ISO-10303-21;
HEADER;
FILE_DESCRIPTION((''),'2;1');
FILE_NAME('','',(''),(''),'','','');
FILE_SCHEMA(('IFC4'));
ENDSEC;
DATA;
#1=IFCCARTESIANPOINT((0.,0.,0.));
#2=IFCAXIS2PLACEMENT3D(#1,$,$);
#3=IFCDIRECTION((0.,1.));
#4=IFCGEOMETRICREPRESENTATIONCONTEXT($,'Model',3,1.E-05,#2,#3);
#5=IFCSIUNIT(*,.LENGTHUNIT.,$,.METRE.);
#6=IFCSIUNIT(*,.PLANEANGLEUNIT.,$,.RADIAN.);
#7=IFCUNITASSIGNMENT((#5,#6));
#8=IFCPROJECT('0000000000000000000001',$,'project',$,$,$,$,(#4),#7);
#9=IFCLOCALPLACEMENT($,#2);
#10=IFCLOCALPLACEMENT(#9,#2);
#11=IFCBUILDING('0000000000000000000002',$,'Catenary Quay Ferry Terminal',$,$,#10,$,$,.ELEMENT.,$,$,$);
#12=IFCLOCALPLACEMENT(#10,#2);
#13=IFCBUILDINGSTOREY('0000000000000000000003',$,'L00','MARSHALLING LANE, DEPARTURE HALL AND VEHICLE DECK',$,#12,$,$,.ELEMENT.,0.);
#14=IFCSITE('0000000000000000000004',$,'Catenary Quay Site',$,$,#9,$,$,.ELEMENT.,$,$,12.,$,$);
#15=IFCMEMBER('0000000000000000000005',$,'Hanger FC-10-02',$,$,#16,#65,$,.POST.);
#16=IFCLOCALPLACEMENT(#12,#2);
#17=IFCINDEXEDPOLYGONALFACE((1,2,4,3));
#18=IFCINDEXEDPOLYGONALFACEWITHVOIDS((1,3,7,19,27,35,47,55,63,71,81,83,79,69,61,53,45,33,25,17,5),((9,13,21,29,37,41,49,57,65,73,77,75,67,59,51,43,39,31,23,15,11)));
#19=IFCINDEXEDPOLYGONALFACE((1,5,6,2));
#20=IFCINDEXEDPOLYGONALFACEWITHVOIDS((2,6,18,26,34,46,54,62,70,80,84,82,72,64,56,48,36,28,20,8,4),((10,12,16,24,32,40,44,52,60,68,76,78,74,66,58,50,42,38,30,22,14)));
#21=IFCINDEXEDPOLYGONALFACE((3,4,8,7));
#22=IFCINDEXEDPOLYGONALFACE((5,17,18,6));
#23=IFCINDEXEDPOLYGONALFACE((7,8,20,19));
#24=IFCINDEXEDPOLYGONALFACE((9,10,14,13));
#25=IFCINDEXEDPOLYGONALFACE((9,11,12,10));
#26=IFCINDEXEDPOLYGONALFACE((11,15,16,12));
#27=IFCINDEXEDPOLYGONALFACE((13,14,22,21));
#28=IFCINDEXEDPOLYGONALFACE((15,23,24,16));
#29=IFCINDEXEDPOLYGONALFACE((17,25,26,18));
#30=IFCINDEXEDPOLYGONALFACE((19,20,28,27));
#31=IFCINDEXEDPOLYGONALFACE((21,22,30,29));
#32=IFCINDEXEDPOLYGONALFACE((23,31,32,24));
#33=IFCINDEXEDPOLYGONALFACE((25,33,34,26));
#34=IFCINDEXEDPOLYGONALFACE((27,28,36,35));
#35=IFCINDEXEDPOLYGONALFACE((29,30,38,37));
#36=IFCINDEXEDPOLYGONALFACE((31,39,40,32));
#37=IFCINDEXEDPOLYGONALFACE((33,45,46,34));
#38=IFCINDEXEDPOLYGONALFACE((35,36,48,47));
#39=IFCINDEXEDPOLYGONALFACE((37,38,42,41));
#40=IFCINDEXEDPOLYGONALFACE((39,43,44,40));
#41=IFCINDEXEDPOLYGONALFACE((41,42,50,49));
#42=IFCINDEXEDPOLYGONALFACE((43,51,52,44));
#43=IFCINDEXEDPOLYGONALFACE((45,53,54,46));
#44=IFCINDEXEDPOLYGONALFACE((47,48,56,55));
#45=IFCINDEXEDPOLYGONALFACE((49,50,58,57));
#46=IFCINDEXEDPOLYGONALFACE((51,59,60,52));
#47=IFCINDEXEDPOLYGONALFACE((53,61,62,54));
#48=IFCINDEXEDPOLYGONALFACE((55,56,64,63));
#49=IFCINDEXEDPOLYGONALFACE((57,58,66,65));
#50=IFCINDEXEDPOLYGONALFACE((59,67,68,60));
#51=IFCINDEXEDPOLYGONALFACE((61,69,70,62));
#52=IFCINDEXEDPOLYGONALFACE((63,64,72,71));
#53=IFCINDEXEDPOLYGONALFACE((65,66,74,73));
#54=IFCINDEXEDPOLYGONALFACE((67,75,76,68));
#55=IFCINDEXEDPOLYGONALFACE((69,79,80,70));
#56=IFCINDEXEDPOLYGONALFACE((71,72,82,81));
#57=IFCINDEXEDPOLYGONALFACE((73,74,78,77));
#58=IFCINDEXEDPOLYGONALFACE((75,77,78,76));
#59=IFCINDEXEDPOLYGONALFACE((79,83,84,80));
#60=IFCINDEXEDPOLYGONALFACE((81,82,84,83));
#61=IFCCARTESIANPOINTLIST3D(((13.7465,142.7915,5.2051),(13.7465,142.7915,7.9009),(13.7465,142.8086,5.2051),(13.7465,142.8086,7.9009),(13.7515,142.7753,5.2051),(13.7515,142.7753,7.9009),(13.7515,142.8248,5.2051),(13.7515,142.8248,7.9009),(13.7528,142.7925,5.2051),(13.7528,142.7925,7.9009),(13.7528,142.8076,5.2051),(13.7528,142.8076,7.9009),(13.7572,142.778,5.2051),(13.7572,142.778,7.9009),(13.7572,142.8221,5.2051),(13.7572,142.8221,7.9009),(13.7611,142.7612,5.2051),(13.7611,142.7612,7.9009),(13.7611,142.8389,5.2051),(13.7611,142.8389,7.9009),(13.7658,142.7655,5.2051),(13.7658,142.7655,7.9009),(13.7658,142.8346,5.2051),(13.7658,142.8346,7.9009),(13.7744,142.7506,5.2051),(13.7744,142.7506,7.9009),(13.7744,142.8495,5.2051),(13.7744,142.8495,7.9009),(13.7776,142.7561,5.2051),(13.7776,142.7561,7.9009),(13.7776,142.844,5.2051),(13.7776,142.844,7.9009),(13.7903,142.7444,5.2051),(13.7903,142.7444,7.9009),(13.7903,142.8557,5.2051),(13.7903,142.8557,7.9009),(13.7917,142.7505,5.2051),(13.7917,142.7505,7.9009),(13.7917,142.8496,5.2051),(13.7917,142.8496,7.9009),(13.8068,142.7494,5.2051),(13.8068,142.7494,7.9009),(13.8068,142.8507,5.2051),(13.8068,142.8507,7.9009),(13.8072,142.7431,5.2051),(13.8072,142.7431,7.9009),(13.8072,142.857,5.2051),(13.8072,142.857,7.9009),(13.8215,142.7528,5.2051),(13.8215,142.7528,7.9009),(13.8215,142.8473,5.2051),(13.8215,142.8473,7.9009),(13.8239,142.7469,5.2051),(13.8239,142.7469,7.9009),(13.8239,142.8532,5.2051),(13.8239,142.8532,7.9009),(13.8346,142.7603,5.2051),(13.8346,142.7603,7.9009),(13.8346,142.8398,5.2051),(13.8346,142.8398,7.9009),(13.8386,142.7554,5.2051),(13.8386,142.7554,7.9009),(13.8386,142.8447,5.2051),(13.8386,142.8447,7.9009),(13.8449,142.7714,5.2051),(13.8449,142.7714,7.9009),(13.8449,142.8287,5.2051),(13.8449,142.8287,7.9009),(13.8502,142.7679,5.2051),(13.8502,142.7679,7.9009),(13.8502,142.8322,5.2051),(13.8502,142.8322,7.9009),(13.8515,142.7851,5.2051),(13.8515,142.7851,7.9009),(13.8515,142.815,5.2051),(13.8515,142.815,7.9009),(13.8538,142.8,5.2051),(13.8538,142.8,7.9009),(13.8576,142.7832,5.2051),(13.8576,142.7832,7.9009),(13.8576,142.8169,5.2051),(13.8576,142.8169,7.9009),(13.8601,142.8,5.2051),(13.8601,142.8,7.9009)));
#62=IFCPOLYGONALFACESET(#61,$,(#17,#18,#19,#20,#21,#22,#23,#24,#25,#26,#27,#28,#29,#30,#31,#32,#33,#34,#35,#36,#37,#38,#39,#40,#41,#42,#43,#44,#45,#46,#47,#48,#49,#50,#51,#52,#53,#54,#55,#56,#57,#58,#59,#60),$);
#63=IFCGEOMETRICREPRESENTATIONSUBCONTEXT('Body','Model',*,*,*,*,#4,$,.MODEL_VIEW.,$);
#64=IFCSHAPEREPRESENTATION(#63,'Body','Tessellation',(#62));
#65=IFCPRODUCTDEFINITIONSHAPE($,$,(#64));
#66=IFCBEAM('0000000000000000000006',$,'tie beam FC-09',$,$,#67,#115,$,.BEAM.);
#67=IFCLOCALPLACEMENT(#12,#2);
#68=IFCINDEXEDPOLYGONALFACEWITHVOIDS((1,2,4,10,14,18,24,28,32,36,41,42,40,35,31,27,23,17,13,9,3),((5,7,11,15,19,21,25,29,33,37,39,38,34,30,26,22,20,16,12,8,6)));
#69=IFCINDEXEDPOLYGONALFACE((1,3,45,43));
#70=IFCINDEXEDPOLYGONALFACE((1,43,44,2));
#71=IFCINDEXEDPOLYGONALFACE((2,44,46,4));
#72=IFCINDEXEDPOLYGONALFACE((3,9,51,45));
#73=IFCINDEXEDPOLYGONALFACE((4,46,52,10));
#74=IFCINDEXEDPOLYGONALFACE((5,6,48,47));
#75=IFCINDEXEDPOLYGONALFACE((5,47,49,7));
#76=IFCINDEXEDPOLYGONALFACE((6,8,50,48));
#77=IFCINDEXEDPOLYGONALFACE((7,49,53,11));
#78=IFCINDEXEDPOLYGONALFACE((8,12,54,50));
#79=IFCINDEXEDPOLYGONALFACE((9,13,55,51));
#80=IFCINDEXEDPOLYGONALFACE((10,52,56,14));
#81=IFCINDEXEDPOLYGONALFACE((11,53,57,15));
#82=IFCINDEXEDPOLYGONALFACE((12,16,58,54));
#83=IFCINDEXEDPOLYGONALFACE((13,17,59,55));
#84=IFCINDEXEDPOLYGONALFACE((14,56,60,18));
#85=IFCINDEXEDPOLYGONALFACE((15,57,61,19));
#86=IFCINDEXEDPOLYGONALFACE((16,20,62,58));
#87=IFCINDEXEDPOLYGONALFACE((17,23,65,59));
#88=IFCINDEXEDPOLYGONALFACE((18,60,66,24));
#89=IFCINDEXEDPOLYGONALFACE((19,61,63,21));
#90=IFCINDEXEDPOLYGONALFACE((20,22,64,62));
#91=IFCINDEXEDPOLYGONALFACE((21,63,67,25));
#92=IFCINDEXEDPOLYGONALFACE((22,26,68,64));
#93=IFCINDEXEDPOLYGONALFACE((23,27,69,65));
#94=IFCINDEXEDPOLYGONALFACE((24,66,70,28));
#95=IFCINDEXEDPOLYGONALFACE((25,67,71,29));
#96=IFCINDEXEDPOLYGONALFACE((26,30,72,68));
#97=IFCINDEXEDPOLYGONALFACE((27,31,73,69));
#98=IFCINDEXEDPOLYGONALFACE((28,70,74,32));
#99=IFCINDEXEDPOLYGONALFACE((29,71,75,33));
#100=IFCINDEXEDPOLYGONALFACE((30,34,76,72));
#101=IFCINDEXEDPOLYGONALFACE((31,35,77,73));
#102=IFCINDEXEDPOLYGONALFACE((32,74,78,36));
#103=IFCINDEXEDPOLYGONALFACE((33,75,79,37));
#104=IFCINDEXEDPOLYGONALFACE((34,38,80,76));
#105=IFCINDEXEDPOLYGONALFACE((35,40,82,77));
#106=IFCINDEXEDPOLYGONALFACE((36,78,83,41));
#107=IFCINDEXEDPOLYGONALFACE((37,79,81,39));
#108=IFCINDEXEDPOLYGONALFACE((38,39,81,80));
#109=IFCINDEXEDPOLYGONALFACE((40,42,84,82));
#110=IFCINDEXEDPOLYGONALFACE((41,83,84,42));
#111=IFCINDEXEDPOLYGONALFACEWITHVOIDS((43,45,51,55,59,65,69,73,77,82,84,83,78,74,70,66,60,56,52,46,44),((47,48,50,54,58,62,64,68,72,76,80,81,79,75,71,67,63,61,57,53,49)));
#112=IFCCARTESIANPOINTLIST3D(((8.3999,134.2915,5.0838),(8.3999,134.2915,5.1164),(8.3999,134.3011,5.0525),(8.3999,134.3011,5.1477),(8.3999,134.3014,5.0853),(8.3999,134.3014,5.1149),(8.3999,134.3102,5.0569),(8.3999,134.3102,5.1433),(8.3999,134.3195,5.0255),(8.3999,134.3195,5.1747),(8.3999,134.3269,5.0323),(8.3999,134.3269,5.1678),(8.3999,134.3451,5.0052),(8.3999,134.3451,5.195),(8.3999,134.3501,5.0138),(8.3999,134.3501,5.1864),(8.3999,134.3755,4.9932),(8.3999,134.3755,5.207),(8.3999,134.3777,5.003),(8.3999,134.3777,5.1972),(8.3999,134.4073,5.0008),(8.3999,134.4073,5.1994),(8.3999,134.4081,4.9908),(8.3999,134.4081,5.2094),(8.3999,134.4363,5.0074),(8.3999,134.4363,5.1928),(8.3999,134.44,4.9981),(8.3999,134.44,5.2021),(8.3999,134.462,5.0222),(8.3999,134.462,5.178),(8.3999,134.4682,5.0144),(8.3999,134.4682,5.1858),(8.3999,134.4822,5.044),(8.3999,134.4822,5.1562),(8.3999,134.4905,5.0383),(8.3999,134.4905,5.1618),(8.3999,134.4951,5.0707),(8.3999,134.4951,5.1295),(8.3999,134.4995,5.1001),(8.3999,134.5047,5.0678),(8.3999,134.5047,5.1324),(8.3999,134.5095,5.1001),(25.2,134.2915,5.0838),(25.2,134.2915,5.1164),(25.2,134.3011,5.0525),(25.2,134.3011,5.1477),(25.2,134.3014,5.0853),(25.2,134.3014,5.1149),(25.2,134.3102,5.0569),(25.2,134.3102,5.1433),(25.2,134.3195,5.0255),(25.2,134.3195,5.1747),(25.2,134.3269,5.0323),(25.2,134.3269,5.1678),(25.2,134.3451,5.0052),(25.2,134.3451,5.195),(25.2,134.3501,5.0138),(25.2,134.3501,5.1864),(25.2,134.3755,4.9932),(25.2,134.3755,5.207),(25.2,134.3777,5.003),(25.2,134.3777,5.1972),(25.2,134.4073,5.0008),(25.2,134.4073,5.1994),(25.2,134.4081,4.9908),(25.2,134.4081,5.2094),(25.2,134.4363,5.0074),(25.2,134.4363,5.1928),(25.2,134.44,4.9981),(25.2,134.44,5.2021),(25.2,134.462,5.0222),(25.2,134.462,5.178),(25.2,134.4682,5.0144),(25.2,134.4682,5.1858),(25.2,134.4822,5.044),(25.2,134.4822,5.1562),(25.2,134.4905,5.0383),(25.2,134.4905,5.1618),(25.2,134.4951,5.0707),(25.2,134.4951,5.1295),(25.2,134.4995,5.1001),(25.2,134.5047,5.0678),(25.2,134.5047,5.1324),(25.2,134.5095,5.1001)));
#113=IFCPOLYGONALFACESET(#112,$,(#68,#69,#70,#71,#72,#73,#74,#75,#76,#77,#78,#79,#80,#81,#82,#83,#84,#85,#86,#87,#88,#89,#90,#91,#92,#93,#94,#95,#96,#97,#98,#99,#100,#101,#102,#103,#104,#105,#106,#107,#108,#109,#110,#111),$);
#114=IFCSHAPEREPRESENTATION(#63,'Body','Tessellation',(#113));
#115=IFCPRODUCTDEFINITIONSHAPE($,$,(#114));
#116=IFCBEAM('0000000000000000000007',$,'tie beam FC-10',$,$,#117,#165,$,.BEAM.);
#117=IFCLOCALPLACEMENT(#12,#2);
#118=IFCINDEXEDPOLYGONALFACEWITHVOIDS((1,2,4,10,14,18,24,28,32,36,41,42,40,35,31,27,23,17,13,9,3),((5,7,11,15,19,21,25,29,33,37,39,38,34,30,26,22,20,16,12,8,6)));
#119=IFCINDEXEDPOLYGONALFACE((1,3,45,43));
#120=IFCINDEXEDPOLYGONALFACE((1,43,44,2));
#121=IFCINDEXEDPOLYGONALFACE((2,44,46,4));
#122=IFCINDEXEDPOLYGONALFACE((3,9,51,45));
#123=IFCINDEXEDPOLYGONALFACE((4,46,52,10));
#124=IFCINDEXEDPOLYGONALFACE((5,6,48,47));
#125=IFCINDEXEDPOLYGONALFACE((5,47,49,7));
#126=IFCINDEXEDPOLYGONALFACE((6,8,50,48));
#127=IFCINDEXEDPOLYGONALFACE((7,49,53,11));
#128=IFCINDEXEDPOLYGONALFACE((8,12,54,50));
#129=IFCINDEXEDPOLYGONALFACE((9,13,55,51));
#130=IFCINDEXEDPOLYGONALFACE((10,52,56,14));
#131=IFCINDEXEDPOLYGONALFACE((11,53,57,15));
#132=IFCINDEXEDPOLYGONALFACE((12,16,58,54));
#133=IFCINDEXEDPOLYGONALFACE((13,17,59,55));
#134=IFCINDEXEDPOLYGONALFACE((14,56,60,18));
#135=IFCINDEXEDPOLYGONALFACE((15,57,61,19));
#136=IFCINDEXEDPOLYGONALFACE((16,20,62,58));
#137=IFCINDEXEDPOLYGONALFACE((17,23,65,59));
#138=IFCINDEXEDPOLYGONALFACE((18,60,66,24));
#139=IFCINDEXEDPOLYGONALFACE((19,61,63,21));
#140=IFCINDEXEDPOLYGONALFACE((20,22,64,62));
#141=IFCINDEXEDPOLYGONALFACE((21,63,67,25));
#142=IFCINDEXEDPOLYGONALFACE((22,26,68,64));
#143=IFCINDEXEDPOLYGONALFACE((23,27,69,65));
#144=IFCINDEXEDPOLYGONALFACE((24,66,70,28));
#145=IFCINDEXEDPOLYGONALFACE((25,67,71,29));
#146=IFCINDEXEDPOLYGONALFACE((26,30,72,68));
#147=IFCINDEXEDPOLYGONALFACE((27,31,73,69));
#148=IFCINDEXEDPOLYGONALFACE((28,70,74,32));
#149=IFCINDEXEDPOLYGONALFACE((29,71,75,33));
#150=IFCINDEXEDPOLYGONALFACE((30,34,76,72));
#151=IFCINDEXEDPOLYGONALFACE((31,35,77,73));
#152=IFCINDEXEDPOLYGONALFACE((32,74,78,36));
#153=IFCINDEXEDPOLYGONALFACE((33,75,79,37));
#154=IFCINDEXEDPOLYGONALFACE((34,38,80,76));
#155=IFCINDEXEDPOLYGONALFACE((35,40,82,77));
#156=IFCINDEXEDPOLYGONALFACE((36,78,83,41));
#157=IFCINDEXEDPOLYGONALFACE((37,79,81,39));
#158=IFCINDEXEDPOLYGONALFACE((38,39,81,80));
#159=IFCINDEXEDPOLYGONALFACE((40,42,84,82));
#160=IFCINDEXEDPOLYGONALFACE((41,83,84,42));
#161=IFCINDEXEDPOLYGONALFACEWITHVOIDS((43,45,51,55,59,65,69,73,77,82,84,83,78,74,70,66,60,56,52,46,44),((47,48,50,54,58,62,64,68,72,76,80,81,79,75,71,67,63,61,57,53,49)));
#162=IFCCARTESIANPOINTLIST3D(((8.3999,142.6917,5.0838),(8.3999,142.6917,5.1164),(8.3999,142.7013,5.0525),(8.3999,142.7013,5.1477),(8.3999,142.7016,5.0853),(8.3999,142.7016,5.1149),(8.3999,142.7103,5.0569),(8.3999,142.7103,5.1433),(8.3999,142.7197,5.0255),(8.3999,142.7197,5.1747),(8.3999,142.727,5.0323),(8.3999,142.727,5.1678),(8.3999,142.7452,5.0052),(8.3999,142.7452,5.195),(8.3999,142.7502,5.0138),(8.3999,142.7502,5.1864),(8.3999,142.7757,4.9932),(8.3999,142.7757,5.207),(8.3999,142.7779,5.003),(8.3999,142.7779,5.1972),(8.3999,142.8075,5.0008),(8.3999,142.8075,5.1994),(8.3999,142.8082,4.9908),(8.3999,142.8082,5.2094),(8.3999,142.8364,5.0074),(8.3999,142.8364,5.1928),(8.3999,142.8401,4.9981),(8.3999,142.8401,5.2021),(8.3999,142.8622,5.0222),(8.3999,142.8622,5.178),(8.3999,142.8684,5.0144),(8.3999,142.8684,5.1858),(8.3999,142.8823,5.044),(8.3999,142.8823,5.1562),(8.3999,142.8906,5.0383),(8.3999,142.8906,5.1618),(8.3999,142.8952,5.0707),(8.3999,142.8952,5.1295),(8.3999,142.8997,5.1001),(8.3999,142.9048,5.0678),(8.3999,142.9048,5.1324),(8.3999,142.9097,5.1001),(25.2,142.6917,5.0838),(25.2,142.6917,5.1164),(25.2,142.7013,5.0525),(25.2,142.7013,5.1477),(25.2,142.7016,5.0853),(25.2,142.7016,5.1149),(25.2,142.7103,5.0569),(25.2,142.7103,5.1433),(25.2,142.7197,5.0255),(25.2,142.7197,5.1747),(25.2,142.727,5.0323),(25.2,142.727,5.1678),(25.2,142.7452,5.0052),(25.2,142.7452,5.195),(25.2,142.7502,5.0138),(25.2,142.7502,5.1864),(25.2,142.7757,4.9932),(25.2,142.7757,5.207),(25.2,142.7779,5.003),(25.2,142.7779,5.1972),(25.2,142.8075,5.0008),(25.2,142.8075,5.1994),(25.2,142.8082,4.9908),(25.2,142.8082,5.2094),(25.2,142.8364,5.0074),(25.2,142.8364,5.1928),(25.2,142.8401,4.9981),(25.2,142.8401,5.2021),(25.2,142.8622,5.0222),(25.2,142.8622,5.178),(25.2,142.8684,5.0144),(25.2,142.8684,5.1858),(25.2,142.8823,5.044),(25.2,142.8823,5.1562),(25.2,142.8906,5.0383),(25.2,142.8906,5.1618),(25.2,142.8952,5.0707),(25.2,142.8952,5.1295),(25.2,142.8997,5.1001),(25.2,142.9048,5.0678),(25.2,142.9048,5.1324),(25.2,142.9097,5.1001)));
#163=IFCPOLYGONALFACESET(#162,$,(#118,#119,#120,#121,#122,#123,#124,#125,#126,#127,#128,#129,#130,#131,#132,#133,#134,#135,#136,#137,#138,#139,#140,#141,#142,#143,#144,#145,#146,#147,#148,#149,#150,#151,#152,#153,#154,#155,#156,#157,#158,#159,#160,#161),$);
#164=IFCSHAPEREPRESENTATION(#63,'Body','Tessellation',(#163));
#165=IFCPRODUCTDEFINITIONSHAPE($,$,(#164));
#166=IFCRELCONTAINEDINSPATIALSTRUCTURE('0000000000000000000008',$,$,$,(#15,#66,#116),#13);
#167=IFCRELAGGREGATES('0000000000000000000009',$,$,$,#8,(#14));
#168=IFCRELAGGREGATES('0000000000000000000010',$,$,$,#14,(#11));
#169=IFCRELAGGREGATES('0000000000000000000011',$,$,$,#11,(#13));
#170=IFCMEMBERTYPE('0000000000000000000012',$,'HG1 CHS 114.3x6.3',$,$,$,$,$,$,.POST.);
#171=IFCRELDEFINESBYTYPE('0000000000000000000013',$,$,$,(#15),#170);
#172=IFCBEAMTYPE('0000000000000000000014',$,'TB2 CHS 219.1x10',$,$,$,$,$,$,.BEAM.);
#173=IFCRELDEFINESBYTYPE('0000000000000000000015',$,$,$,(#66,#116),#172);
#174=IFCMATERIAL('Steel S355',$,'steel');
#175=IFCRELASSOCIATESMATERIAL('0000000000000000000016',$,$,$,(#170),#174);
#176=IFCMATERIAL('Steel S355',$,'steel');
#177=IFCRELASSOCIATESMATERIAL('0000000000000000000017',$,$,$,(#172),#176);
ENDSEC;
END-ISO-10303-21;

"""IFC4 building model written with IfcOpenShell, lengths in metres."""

from ifc_helpers import new_model, si_unit, direction, frame, origin, origin_2d, place, context, subcontext, project, spatial, hollow_circle, extrude, material, material_profile, profile_set, type_object, element, save


model = new_model("IFC4")

# Units and contexts
model_context = context("Model", 3, precision=1e-05, world=origin(), true_north=direction((0.0, 1.0)))
body_context = subcontext(model_context, "Body", "Model", "MODEL_VIEW")
ifc_project = project(units=[si_unit("LENGTHUNIT", "METRE"), si_unit("PLANEANGLEUNIT", "RADIAN")], contexts=[model_context])

# Site, building, storey
site_placement = place(None, origin())
site = spatial("IfcSite", under=ifc_project, at=site_placement, Name="Catenary Quay Site", CompositionType="ELEMENT", RefElevation=12.0)
building_placement = place(site_placement, origin())
building = spatial("IfcBuilding", under=site, at=building_placement, Name="Catenary Quay Ferry Terminal", CompositionType="ELEMENT")
storey_placement = place(building_placement, origin())
storey = spatial("IfcBuildingStorey", under=building, at=storey_placement, Name="L00", Description="MARSHALLING LANE, DEPARTURE HALL AND VEHICLE DECK", CompositionType="ELEMENT", Elevation=0.0)

# Member
ifc_material_1 = material(Name="Steel S355", Category="steel")
ifc_material_profile_1 = material_profile(ifc_material_1, hollow_circle(Radius=0.0571, WallThickness=0.0063, at=origin_2d()), Name="CHS 114.3x6.3")
ifc_profile_set_1 = profile_set([ifc_material_profile_1], Name="Steel S355")
member_type_1 = type_object("IfcMemberType", Name="HG1 CHS 114.3x6.3", PredefinedType="POST", material=ifc_profile_set_1)
member_1_placement = place(storey_placement, frame((13.803, 142.8, 5.2051), z_axis=(0.0, 0.0, 1.0), x_axis=(1.0, 0.0, 0.0)))
element("IfcMember", 1, at=member_1_placement, inside=storey, type_object=member_type_1, Name="Hanger FC-10-02", PredefinedType="POST", context=body_context, shape_type="SweptSolid", body=[
    extrude(hollow_circle(Radius=0.0571, WallThickness=0.0063, at=origin_2d()), origin(), (0.0, 0.0, 1.0), 2.6958),
])

# Beams
ifc_material_2 = material(Name="Steel S355", Category="steel")
ifc_material_profile_2 = material_profile(ifc_material_2, hollow_circle(Radius=0.1096, WallThickness=0.01, at=origin_2d()), Name="CHS 219.1x10")
ifc_profile_set_2 = profile_set([ifc_material_profile_2], Name="Steel S355")
beam_type_1 = type_object("IfcBeamType", Name="TB2 CHS 219.1x10", PredefinedType="BEAM", material=ifc_profile_set_2)
for number, where, z_axis, x_axis, name in (
    (2, (8.3999, 134.3999, 5.1001), (1.0, 0.0, 0.0), (0.0, 1.0, 0.0), "tie beam FC-09"),
    (3, (8.3999, 142.8, 5.1001), (1.0, 0.0, 0.0), (0.0, 1.0, 0.0), "tie beam FC-10"),
):
    element("IfcBeam", number, at=place(storey_placement, frame(where, z_axis=z_axis, x_axis=x_axis)), inside=storey, type_object=beam_type_1, Name=name, PredefinedType="BEAM", context=body_context, shape_type="SweptSolid", body=[
        extrude(hollow_circle(Radius=0.1096, WallThickness=0.01, at=origin_2d()), origin(), (0.0, 0.0, 1.0), 16.8),
    ])

save(model, "model.ifc")
